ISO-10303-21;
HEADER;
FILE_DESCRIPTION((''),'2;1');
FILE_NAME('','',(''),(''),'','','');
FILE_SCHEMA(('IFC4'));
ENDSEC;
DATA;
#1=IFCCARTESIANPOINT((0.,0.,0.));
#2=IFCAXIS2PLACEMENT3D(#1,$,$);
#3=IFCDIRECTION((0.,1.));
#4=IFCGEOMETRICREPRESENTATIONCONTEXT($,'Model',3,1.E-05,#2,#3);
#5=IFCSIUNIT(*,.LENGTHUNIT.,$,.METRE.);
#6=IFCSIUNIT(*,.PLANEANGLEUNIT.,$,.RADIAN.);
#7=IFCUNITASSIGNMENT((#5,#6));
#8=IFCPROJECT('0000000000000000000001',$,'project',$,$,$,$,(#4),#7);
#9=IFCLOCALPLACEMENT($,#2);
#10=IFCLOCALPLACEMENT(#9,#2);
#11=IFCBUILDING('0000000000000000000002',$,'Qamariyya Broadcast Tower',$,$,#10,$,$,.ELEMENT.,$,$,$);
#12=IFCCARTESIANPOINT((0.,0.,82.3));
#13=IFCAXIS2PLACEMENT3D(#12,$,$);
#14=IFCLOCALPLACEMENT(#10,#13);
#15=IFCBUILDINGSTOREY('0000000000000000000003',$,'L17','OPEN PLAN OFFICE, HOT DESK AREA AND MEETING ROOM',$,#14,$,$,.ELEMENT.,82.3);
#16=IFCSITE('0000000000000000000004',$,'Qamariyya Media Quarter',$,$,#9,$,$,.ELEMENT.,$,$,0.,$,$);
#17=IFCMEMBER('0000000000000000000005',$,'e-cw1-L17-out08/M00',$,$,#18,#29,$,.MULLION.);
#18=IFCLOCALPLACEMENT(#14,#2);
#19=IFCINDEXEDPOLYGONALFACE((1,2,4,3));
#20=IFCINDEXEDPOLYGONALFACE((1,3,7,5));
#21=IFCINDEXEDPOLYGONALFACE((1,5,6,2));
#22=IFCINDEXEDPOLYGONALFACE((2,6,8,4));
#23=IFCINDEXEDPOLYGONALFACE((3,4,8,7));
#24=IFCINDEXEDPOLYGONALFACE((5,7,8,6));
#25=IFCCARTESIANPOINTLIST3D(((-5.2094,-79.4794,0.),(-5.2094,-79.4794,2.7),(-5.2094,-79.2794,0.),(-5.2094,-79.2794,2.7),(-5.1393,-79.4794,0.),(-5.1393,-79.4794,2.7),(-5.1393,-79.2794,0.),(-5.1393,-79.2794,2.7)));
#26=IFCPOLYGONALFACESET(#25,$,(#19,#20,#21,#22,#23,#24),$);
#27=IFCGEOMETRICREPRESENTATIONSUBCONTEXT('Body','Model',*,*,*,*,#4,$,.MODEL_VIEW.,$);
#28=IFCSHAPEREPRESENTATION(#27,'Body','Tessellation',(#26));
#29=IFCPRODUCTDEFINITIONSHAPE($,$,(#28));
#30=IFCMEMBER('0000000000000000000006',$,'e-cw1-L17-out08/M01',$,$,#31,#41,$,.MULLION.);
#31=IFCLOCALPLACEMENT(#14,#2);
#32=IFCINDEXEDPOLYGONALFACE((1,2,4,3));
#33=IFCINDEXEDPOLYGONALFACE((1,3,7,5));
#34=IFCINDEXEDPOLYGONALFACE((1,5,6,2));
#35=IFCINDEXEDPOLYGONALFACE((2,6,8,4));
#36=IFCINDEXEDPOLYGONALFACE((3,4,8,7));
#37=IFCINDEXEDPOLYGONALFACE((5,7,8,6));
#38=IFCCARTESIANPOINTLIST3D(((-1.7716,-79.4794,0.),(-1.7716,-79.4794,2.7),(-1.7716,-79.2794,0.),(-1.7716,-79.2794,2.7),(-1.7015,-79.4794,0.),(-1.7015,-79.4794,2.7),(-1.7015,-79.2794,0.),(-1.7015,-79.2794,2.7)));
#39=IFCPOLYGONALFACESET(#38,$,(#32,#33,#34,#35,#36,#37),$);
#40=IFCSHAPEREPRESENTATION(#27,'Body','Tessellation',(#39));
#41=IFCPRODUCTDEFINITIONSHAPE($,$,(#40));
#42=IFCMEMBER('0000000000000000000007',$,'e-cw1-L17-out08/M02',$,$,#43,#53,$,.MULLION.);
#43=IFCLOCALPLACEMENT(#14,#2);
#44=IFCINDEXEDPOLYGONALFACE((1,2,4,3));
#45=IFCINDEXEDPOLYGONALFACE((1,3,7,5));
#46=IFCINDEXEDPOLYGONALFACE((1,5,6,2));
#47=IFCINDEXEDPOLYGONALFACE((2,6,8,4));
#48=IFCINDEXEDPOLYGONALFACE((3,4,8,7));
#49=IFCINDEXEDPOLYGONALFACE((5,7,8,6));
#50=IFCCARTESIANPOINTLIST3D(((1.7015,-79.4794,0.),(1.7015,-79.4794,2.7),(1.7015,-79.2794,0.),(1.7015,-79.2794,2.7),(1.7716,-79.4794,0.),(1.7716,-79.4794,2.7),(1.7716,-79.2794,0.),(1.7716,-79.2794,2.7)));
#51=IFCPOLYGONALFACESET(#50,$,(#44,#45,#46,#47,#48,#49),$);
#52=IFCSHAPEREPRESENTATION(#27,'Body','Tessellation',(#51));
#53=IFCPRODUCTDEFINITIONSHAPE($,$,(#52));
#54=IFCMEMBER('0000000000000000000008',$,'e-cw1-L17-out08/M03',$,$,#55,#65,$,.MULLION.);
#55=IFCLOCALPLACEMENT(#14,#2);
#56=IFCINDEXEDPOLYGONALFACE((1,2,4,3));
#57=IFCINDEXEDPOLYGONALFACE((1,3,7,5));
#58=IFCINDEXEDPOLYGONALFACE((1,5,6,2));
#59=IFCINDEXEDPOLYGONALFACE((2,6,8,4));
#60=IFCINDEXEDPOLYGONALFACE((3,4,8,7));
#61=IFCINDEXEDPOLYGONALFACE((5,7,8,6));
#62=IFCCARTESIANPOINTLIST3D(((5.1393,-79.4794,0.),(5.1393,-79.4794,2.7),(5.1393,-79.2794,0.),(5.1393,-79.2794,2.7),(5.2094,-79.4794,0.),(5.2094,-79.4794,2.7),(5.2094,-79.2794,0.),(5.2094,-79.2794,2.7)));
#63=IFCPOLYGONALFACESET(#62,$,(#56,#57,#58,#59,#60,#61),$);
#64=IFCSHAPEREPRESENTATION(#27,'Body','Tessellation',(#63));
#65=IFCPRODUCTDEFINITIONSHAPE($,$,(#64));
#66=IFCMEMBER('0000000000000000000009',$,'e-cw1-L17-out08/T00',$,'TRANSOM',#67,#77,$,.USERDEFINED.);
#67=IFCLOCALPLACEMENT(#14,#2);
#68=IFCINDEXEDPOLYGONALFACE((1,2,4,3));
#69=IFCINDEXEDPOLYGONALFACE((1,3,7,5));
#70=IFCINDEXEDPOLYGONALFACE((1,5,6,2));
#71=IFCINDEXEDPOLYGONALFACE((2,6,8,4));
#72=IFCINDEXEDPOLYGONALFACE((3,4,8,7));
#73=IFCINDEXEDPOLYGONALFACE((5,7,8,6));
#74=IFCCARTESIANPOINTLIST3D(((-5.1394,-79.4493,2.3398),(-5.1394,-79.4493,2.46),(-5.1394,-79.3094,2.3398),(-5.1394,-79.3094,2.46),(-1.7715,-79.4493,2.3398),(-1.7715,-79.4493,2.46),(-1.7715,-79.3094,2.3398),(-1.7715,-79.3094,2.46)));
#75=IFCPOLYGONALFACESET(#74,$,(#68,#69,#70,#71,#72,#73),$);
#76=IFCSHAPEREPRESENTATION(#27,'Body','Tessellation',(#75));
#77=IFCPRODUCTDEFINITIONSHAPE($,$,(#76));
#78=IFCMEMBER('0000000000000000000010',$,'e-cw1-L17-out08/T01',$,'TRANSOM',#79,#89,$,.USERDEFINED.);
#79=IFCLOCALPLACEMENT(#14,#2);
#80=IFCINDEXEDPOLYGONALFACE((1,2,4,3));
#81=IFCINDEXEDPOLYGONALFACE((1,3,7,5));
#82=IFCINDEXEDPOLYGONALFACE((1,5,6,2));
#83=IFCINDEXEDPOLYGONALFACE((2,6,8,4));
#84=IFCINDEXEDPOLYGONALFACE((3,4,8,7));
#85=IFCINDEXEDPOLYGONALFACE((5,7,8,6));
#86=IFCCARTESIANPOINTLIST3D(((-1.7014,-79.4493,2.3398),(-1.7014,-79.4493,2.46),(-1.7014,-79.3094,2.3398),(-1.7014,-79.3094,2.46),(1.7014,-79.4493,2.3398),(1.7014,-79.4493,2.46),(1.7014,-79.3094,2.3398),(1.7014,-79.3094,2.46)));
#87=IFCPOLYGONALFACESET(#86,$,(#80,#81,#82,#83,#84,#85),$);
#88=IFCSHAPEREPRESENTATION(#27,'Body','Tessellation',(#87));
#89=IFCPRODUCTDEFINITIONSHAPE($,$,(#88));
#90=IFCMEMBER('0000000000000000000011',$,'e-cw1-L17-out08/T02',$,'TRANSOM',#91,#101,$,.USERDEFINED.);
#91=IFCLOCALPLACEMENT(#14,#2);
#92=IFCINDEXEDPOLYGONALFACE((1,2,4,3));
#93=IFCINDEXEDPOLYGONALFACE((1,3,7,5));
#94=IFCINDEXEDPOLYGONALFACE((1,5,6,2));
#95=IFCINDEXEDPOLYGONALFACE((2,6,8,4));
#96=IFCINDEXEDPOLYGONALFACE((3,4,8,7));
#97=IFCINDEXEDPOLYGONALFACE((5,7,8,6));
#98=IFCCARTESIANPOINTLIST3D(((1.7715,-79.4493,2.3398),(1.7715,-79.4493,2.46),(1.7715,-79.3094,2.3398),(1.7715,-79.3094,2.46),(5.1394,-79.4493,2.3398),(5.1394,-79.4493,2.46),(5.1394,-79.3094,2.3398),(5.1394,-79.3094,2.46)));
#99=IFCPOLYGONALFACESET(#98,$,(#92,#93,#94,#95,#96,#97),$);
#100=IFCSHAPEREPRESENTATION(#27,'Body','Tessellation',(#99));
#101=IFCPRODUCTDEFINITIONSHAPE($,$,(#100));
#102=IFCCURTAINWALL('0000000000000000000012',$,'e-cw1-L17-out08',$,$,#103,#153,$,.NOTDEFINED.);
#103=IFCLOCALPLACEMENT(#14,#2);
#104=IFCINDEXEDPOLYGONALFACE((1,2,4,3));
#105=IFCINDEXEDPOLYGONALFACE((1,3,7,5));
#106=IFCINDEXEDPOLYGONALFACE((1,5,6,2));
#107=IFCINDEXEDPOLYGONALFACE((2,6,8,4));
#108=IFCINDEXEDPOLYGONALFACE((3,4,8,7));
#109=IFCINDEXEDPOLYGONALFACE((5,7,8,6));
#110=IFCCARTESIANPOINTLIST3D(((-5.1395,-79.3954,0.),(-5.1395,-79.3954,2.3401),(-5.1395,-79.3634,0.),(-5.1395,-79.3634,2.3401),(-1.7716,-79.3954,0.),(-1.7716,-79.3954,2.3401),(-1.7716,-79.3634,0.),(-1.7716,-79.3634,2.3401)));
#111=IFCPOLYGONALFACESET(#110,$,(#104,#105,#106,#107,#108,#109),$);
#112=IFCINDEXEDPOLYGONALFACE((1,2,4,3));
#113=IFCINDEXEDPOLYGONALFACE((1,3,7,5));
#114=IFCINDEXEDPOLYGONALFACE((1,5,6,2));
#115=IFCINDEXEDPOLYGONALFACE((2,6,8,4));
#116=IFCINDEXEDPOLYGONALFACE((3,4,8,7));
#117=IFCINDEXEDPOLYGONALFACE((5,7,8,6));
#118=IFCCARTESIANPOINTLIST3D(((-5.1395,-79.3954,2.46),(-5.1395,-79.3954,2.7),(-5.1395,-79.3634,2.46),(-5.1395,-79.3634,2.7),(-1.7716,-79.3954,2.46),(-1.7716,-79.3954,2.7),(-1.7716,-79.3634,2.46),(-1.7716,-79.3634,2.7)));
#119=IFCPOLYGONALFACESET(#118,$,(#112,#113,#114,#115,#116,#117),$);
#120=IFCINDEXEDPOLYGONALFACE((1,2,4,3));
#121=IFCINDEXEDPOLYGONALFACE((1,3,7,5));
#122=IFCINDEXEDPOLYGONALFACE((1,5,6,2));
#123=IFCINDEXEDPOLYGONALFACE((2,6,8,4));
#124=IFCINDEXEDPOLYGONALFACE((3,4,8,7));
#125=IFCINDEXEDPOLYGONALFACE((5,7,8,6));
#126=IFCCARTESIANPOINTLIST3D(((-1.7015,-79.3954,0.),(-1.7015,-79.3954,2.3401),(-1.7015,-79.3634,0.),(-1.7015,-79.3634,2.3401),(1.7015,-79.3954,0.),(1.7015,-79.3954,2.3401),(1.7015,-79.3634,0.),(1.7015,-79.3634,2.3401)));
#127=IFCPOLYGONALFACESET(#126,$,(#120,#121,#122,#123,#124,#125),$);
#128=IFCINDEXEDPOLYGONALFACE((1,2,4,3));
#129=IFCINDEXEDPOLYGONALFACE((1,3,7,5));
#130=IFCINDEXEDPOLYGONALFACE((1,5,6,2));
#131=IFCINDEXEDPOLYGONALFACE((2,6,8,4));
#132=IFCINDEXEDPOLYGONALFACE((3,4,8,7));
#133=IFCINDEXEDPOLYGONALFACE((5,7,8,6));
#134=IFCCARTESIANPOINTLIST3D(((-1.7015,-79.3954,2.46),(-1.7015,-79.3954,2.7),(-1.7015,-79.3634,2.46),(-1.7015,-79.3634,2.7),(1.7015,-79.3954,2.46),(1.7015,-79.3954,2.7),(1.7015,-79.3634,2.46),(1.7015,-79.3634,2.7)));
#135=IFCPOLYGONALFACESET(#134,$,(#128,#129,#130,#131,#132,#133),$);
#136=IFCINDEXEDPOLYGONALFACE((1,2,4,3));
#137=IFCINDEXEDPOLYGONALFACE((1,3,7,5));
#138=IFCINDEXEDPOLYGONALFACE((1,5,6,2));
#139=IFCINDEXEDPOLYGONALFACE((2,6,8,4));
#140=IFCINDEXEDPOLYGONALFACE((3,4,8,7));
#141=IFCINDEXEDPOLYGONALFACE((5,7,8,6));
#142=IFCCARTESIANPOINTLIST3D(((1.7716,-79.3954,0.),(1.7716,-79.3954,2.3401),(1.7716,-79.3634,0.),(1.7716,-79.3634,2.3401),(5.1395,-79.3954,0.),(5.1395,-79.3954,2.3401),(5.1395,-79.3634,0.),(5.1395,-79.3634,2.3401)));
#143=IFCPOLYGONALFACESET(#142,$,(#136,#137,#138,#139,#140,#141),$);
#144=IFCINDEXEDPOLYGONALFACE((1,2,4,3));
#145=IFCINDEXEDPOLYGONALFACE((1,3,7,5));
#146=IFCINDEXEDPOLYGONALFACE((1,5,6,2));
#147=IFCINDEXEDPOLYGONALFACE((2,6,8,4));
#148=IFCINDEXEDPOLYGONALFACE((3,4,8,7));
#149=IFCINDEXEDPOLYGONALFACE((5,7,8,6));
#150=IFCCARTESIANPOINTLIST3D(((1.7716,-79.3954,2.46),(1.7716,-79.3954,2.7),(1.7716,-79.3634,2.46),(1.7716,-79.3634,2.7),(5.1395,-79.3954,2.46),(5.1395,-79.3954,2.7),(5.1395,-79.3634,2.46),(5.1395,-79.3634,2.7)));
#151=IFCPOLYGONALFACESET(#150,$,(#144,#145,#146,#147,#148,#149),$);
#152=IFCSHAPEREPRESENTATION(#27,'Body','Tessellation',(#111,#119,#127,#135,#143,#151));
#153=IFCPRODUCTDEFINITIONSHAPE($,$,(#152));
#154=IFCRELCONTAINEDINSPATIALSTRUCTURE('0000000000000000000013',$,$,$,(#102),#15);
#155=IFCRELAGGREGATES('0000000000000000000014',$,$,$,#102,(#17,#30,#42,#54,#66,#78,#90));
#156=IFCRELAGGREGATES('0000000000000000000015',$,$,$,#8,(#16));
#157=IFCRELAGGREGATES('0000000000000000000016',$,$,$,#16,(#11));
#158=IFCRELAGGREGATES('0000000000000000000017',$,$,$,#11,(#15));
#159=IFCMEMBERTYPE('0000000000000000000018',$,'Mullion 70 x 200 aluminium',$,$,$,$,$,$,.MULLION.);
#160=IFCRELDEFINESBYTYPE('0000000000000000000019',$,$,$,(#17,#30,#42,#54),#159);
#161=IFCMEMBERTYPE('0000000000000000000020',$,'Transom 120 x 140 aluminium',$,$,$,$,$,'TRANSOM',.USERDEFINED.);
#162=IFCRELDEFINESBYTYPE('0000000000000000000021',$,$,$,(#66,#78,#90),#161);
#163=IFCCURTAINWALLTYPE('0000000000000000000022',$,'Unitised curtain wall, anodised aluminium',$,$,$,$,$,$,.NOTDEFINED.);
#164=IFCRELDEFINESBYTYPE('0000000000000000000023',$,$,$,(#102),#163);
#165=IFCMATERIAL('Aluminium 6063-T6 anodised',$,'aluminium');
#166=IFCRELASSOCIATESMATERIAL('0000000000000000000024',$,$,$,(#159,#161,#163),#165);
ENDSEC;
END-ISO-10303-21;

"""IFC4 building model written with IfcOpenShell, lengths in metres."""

from ifc_helpers import new_model, si_unit, direction, frame, origin, origin_2d, place, context, subcontext, project, spatial, rectangle, extrude, material, material_profile, profile_set, type_object, element, aggregate, save


model = new_model("IFC4")

# Units and contexts
model_context = context("Model", 3, precision=1e-05, world=origin(), true_north=direction((0.0, 1.0)))
body_context = subcontext(model_context, "Body", "Model", "MODEL_VIEW")
ifc_project = project(units=[si_unit("LENGTHUNIT", "METRE"), si_unit("PLANEANGLEUNIT", "RADIAN")], contexts=[model_context])

# Members
ifc_material = material(Name="Aluminium 6063-T6 anodised", Category="aluminium")
ifc_material_profile_1 = material_profile(ifc_material, rectangle(XDim=0.2, YDim=0.0701, at=origin_2d()))
ifc_profile_set_1 = profile_set([ifc_material_profile_1], Name="Aluminium 6063-T6 anodised")
member_type_1 = type_object("IfcMemberType", Name="Mullion 70 x 200 aluminium", PredefinedType="MULLION", material=ifc_profile_set_1)
site_placement = place(None, origin())
building_placement = place(site_placement, origin())
storey_placement = place(building_placement, frame((0.0, 0.0, 82.3)))
member_1_placement = place(storey_placement, frame((-5.1743, -79.3794, 0.0), z_axis=(0.0, 0.0, 1.0), x_axis=(0.0, 1.0, 0.0)))
member_1 = element("IfcMember", 1, at=member_1_placement, type_object=member_type_1, Name="e-cw1-L17-out08/M00", PredefinedType="MULLION", context=body_context, shape_type="SweptSolid", body=[
    extrude(rectangle(XDim=0.2, YDim=0.0701, at=origin_2d()), origin(), (0.0, 0.0, 1.0), 2.7),
])
member_2_placement = place(storey_placement, frame((-1.7366, -79.3794, 0.0), z_axis=(0.0, 0.0, 1.0), x_axis=(0.0, 1.0, 0.0)))
member_2 = element("IfcMember", 2, at=member_2_placement, type_object=member_type_1, Name="e-cw1-L17-out08/M01", PredefinedType="MULLION", context=body_context, shape_type="SweptSolid", body=[
    extrude(rectangle(XDim=0.2, YDim=0.0701, at=origin_2d()), origin(), (0.0, 0.0, 1.0), 2.7),
])
member_3_placement = place(storey_placement, frame((1.7366, -79.3794, 0.0), z_axis=(0.0, 0.0, 1.0), x_axis=(0.0, 1.0, 0.0)))
member_3 = element("IfcMember", 3, at=member_3_placement, type_object=member_type_1, Name="e-cw1-L17-out08/M02", PredefinedType="MULLION", context=body_context, shape_type="SweptSolid", body=[
    extrude(rectangle(XDim=0.2, YDim=0.0701, at=origin_2d()), origin(), (0.0, 0.0, 1.0), 2.7),
])
member_4_placement = place(storey_placement, frame((5.1743, -79.3794, 0.0), z_axis=(0.0, 0.0, 1.0), x_axis=(0.0, 1.0, 0.0)))
member_4 = element("IfcMember", 4, at=member_4_placement, type_object=member_type_1, Name="e-cw1-L17-out08/M03", PredefinedType="MULLION", context=body_context, shape_type="SweptSolid", body=[
    extrude(rectangle(XDim=0.2, YDim=0.0701, at=origin_2d()), origin(), (0.0, 0.0, 1.0), 2.7),
])
ifc_material_profile_2 = material_profile(ifc_material, rectangle(XDim=0.1399, YDim=0.1201, at=origin_2d()))
ifc_profile_set_2 = profile_set([ifc_material_profile_2], Name="Aluminium 6063-T6 anodised")
member_type_2 = type_object("IfcMemberType", Name="Transom 120 x 140 aluminium", ElementType="TRANSOM", PredefinedType="USERDEFINED", material=ifc_profile_set_2)
member_5_placement = place(storey_placement, frame((-5.1394, -79.3794, 2.3999), z_axis=(1.0, 0.0, 0.0), x_axis=(0.0, 1.0, 0.0)))
member_5 = element("IfcMember", 5, at=member_5_placement, type_object=member_type_2, Name="e-cw1-L17-out08/T00", ObjectType="TRANSOM", PredefinedType="USERDEFINED", context=body_context, shape_type="SweptSolid", body=[
    extrude(rectangle(XDim=0.1399, YDim=0.1201, at=origin_2d()), origin(), (0.0, 0.0, 1.0), 3.3679),
])
member_6_placement = place(storey_placement, frame((-1.7014, -79.3794, 2.3999), z_axis=(1.0, 0.0, 0.0), x_axis=(0.0, 1.0, 0.0)))
member_6 = element("IfcMember", 6, at=member_6_placement, type_object=member_type_2, Name="e-cw1-L17-out08/T01", ObjectType="TRANSOM", PredefinedType="USERDEFINED", context=body_context, shape_type="SweptSolid", body=[
    extrude(rectangle(XDim=0.1399, YDim=0.1201, at=origin_2d()), origin(), (0.0, 0.0, 1.0), 3.4028),
])
member_7_placement = place(storey_placement, frame((1.7715, -79.3794, 2.3999), z_axis=(1.0, 0.0, 0.0), x_axis=(0.0, 1.0, 0.0)))
member_7 = element("IfcMember", 7, at=member_7_placement, type_object=member_type_2, Name="e-cw1-L17-out08/T02", ObjectType="TRANSOM", PredefinedType="USERDEFINED", context=body_context, shape_type="SweptSolid", body=[
    extrude(rectangle(XDim=0.1399, YDim=0.1201, at=origin_2d()), origin(), (0.0, 0.0, 1.0), 3.3679),
])

# Site, building, storey
site = spatial("IfcSite", under=ifc_project, at=site_placement, Name="Qamariyya Media Quarter", CompositionType="ELEMENT", RefElevation=0.0)
building = spatial("IfcBuilding", under=site, at=building_placement, Name="Qamariyya Broadcast Tower", CompositionType="ELEMENT")
storey = spatial("IfcBuildingStorey", under=building, at=storey_placement, Name="L17", Description="OPEN PLAN OFFICE, HOT DESK AREA AND MEETING ROOM", CompositionType="ELEMENT", Elevation=82.3)

# Curtain wall
curtain_wall_type = type_object("IfcCurtainWallType", Name="Unitised curtain wall, anodised aluminium", PredefinedType="NOTDEFINED", material=ifc_material)
curtain_wall_1_placement = place(storey_placement, origin())
curtain_wall_1 = element("IfcCurtainWall", 8, at=curtain_wall_1_placement, inside=storey, type_object=curtain_wall_type, Name="e-cw1-L17-out08", PredefinedType="NOTDEFINED", context=body_context, shape_type="SweptSolid", body=[
    extrude(rectangle(XDim=3.3679, YDim=0.032, at=origin_2d()), frame((-3.4556, -79.3794, 0.0), x_axis=(1.0, 0.0, 0.0)), (0.0, 0.0, 1.0), 2.3401),
    extrude(rectangle(XDim=3.3679, YDim=0.032, at=origin_2d()), frame((-3.4556, -79.3794, 2.46), x_axis=(1.0, 0.0, 0.0)), (0.0, 0.0, 1.0), 0.24),
    extrude(rectangle(XDim=3.4031, YDim=0.032, at=origin_2d()), frame((0.0, -79.3794, 0.0), x_axis=(1.0, 0.0, 0.0)), (0.0, 0.0, 1.0), 2.3401),
    extrude(rectangle(XDim=3.4031, YDim=0.032, at=origin_2d()), frame((0.0, -79.3794, 2.46), x_axis=(1.0, 0.0, 0.0)), (0.0, 0.0, 1.0), 0.24),
    extrude(rectangle(XDim=3.3679, YDim=0.032, at=origin_2d()), frame((3.4556, -79.3794, 0.0), x_axis=(1.0, 0.0, 0.0)), (0.0, 0.0, 1.0), 2.3401),
    extrude(rectangle(XDim=3.3679, YDim=0.032, at=origin_2d()), frame((3.4556, -79.3794, 2.46), x_axis=(1.0, 0.0, 0.0)), (0.0, 0.0, 1.0), 0.24),
])
aggregate(curtain_wall_1, [member_1, member_2, member_3, member_4, member_5, member_6, member_7])

save(model, "model.ifc")
